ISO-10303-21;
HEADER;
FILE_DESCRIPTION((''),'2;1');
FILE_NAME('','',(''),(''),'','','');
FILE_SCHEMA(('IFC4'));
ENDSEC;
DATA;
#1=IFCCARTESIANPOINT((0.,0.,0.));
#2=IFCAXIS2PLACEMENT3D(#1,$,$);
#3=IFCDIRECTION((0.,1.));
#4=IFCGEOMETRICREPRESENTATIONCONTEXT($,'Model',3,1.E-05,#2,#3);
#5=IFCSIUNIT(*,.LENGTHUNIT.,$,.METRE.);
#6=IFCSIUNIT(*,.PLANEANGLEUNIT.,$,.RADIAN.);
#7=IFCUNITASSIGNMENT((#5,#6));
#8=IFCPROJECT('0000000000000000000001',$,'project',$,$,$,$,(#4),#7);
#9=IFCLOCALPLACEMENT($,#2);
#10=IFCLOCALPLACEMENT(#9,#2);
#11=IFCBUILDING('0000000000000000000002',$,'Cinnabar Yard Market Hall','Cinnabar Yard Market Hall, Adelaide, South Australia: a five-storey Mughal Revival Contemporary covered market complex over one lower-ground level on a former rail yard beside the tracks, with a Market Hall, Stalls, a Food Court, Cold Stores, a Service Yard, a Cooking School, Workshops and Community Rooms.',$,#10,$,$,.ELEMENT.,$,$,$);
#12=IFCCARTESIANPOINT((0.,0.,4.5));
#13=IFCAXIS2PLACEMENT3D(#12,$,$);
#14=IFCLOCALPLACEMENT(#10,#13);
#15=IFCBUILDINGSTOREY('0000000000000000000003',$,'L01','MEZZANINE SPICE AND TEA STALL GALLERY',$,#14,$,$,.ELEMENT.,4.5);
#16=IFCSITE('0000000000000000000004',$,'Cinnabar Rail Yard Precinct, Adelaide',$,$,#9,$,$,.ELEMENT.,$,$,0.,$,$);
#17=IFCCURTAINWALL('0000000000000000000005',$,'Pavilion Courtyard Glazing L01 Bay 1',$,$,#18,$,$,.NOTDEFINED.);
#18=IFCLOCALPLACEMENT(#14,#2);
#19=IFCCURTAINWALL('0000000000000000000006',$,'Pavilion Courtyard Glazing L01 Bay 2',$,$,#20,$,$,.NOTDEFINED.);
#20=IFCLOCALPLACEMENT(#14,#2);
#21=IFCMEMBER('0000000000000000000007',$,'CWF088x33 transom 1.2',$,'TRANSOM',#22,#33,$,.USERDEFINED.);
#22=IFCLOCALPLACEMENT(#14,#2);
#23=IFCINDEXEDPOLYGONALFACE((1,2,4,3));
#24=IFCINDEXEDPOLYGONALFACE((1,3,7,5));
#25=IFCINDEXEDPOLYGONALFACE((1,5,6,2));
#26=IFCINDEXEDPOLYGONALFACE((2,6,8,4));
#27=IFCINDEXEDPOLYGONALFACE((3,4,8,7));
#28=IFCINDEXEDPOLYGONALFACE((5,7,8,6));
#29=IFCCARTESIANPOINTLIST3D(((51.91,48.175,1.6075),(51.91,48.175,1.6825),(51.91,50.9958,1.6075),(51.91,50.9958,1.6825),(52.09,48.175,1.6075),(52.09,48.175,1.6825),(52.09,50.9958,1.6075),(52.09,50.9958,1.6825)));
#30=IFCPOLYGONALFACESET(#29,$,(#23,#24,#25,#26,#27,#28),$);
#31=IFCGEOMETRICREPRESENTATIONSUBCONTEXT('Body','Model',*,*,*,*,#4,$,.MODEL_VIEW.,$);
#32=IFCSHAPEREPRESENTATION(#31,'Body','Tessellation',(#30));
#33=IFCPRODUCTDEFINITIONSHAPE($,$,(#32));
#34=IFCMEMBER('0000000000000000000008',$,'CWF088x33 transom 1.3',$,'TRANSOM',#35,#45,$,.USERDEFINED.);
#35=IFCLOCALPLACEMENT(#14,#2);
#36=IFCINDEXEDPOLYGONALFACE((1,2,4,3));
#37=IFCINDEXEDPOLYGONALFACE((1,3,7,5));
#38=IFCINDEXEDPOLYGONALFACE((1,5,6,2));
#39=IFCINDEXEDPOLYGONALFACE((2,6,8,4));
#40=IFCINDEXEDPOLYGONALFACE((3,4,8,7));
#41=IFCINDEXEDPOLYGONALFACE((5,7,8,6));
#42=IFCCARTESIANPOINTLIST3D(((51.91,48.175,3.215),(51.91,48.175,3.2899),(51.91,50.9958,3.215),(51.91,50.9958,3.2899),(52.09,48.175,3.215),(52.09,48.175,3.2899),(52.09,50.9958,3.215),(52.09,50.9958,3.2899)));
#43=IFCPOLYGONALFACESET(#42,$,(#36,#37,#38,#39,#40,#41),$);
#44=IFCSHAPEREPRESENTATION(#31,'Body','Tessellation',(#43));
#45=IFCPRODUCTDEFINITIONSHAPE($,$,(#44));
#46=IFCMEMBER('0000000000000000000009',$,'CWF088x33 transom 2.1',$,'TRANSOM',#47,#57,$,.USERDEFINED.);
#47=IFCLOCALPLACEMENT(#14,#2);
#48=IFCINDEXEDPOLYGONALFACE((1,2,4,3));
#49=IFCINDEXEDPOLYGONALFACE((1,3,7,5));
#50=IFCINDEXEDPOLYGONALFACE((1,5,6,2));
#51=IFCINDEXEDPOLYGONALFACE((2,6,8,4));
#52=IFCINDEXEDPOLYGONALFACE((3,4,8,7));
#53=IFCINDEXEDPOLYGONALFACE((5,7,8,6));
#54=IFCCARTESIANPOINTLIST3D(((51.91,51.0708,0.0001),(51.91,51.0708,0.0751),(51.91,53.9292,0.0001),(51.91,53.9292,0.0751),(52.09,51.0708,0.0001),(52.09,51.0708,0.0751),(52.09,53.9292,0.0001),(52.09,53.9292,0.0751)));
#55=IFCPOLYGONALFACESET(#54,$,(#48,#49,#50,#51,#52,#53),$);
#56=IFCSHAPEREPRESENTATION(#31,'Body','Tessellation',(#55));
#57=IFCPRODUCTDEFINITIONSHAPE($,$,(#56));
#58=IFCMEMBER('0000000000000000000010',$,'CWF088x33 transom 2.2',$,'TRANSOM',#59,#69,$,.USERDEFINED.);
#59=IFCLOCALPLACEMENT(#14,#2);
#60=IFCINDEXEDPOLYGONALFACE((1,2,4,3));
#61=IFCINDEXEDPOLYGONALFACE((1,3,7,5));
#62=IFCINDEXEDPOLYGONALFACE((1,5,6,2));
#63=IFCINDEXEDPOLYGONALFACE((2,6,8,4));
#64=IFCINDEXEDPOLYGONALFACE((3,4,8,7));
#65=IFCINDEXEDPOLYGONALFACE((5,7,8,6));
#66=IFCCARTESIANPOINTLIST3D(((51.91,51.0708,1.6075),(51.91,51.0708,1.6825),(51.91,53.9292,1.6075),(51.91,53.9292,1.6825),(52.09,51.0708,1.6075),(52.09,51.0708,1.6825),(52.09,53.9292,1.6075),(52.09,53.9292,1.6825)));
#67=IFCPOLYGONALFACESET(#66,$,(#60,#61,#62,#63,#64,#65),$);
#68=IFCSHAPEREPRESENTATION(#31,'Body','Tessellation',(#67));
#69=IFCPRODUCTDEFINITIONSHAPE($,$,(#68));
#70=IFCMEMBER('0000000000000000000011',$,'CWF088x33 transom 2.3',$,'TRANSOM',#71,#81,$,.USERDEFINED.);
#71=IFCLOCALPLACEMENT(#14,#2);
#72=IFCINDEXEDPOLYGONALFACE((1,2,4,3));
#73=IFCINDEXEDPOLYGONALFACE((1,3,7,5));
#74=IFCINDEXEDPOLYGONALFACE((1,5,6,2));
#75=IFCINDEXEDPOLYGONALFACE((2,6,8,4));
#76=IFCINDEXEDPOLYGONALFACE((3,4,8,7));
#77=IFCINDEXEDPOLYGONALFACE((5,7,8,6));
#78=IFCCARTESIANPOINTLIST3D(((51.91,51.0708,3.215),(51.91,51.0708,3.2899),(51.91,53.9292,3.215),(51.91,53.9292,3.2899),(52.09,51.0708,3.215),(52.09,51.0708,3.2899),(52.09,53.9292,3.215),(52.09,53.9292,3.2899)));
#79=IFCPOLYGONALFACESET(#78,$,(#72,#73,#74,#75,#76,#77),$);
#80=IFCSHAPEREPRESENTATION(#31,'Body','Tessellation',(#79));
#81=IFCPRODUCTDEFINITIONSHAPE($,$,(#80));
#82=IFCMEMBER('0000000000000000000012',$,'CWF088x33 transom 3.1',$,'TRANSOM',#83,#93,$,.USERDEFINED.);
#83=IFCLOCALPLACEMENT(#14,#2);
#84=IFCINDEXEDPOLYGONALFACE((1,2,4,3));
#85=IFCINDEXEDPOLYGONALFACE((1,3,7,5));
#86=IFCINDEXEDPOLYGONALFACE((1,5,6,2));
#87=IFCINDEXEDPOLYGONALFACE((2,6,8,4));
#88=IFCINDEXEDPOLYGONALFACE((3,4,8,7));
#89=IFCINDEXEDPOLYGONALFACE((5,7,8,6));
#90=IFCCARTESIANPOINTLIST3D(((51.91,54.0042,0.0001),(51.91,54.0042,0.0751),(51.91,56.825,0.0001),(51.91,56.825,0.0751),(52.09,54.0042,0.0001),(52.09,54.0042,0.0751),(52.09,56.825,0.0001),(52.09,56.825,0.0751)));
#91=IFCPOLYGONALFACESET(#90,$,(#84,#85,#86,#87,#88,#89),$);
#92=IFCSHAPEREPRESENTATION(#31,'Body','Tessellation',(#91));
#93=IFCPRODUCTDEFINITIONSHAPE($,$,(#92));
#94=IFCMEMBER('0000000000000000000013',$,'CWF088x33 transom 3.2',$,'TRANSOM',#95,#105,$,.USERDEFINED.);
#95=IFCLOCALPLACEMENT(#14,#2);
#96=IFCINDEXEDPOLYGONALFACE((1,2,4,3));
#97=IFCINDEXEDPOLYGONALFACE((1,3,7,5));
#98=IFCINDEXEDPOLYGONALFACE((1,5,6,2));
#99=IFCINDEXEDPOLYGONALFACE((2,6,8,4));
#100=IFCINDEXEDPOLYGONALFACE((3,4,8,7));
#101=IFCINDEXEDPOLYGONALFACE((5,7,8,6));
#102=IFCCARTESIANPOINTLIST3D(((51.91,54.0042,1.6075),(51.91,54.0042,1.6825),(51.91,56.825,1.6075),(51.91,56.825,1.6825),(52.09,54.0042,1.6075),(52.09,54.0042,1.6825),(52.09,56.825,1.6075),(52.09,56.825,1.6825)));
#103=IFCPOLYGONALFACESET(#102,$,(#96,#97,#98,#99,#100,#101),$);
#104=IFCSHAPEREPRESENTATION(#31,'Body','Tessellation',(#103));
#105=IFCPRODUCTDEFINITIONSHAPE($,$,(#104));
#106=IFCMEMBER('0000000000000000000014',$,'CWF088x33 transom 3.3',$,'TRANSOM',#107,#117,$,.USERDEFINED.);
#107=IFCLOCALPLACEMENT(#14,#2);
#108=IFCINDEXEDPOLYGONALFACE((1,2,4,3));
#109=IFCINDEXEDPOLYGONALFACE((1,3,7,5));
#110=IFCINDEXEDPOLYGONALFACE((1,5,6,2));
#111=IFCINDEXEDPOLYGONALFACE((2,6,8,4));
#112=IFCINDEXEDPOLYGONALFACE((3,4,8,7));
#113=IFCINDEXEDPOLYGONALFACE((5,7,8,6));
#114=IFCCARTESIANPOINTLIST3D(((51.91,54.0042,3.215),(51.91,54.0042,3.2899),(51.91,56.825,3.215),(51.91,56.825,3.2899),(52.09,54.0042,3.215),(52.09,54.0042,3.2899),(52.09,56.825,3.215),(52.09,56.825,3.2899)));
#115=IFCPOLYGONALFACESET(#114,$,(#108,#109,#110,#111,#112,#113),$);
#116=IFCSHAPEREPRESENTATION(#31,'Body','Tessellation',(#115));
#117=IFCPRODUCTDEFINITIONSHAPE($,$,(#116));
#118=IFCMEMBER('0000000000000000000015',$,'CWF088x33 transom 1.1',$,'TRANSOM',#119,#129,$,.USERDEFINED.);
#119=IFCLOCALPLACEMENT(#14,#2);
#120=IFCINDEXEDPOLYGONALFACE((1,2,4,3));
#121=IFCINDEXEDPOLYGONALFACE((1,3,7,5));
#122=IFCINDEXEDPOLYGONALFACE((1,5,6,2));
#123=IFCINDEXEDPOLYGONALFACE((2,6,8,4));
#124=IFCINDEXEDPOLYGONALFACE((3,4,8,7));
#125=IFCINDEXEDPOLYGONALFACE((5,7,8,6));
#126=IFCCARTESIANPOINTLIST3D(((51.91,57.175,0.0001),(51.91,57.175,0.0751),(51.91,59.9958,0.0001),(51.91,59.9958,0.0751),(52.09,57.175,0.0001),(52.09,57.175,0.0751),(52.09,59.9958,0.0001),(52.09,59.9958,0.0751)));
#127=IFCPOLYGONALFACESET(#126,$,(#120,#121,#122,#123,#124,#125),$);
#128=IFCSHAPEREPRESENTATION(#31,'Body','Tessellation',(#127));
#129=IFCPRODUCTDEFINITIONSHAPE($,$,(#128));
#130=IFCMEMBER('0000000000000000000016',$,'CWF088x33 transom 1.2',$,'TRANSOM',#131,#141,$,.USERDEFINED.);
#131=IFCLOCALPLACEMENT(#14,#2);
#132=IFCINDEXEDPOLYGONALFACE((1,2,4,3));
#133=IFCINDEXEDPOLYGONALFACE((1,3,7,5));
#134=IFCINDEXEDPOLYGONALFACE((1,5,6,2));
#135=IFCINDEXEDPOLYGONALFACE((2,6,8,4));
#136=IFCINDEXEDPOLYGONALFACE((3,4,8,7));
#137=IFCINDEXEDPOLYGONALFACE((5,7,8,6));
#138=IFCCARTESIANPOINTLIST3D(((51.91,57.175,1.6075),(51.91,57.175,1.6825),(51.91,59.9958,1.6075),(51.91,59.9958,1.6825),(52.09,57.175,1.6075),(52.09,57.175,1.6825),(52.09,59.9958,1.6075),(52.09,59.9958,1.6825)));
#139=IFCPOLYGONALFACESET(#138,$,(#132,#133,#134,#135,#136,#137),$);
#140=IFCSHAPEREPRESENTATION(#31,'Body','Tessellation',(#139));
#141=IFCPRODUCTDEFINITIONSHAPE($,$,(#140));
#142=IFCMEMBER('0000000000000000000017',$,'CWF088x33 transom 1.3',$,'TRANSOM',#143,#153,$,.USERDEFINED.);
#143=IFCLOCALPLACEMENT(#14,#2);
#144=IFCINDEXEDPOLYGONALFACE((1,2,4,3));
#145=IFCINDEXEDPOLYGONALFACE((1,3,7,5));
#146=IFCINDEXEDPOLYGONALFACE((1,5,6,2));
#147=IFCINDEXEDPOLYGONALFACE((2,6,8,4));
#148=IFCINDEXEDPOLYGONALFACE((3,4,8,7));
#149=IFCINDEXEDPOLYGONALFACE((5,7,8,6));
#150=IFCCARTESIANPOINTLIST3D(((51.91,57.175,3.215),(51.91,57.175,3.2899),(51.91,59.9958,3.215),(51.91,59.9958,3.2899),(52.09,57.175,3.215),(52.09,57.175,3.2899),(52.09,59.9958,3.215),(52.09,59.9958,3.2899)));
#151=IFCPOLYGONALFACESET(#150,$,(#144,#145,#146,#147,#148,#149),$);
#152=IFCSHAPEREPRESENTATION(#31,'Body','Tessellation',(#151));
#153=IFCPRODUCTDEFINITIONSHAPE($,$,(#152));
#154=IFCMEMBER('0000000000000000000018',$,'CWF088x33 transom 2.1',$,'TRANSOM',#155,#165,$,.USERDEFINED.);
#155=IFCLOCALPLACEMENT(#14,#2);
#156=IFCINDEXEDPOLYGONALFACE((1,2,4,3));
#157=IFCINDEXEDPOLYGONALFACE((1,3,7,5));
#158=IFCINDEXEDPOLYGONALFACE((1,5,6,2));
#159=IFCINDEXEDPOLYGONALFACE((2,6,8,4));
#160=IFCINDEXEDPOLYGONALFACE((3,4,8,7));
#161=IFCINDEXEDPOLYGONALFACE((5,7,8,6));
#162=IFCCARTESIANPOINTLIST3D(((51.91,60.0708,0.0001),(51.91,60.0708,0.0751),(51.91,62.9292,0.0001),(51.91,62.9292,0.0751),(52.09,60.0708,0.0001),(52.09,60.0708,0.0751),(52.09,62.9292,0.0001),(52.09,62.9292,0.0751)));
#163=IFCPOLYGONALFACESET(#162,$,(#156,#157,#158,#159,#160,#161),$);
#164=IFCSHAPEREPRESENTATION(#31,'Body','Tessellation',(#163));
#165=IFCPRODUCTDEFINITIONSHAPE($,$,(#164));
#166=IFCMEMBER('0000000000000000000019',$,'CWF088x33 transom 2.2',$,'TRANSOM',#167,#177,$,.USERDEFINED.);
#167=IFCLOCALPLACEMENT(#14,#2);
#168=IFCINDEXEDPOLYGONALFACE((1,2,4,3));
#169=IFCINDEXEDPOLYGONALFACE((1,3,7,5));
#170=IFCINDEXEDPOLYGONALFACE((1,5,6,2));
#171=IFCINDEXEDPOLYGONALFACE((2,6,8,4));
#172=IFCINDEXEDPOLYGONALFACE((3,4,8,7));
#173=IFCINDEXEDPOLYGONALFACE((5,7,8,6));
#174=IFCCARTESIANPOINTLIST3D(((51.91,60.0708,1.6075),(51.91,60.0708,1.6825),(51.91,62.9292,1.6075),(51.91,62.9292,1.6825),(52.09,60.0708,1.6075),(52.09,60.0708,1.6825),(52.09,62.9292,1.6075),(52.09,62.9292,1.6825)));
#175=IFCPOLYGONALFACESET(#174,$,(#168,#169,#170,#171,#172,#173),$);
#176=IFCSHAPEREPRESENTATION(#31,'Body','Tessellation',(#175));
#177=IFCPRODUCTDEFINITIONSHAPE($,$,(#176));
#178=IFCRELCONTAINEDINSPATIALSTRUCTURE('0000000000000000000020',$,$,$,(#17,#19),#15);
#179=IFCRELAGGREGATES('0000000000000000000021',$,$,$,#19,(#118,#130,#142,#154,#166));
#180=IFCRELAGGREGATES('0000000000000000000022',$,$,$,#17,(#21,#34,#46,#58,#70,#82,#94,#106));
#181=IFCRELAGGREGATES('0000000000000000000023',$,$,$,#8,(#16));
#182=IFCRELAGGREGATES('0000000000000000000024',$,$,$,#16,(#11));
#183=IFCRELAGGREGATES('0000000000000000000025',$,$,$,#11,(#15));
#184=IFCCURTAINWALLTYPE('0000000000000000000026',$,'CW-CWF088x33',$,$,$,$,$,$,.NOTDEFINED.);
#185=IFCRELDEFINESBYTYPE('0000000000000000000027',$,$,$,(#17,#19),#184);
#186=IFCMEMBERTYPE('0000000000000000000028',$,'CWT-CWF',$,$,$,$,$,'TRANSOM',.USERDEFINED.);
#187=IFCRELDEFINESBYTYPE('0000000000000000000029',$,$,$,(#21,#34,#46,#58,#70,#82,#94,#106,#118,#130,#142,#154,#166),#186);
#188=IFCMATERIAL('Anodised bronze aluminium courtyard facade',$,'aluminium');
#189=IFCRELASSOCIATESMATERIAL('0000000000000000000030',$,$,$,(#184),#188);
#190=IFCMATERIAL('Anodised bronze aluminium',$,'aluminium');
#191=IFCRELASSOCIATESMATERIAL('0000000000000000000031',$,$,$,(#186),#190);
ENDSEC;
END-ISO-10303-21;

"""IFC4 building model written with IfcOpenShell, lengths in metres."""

from ifc_helpers import new_model, si_unit, direction, frame, origin, origin_2d_with_axis, place, context, subcontext, project, spatial, rectangle, extrude, material, material_profile, profile_set, type_object, element, aggregate, save


model = new_model("IFC4")

# Units and contexts
model_context = context("Model", 3, precision=1e-05, world=origin(), true_north=direction((0.0, 1.0)))
body_context = subcontext(model_context, "Body", "Model", "MODEL_VIEW")
ifc_project = project(units=[si_unit("LENGTHUNIT", "METRE"), si_unit("PLANEANGLEUNIT", "RADIAN")], contexts=[model_context])

# Site, building, storey
site_placement = place(None, origin())
site = spatial("IfcSite", under=ifc_project, at=site_placement, Name="Cinnabar Rail Yard Precinct, Adelaide", CompositionType="ELEMENT", RefElevation=0.0)
building_placement = place(site_placement, origin())
building = spatial("IfcBuilding", under=site, at=building_placement, Name="Cinnabar Yard Market Hall", Description="Cinnabar Yard Market Hall, Adelaide, South Australia: a five-storey Mughal Revival Contemporary covered market complex over one lower-ground level on a former rail yard beside the tracks, with a Market Hall, Stalls, a Food Court, Cold Stores, a Service Yard, a Cooking School, Workshops and Community Rooms.", CompositionType="ELEMENT")
storey_placement = place(building_placement, frame((0.0, 0.0, 4.5)))
storey = spatial("IfcBuildingStorey", under=building, at=storey_placement, Name="L01", Description="MEZZANINE SPICE AND TEA STALL GALLERY", CompositionType="ELEMENT", Elevation=4.5)

# Curtain walls
ifc_material_1 = material(Name="Anodised bronze aluminium courtyard facade", Category="aluminium")
curtain_wall_type = type_object("IfcCurtainWallType", Name="CW-CWF088x33", PredefinedType="NOTDEFINED", material=ifc_material_1)
curtain_wall_1_placement = place(storey_placement, origin())
curtain_wall_1 = element("IfcCurtainWall", 1, at=curtain_wall_1_placement, inside=storey, type_object=curtain_wall_type, Name="Pavilion Courtyard Glazing L01 Bay 1", PredefinedType="NOTDEFINED")
ifc_material_2 = material(Name="Anodised bronze aluminium", Category="aluminium")
curtain_wall_2_placement = place(storey_placement, origin())
curtain_wall_2 = element("IfcCurtainWall", 2, at=curtain_wall_2_placement, inside=storey, type_object=curtain_wall_type, Name="Pavilion Courtyard Glazing L01 Bay 2", PredefinedType="NOTDEFINED")

# Members
ifc_material_profile_1 = material_profile(ifc_material_2, rectangle(XDim=0.1799, YDim=0.075, at=origin_2d_with_axis()), Name="TRN-CWF")
ifc_profile_set_1 = profile_set([ifc_material_profile_1], Name="Anodised bronze aluminium")
member_type_1 = type_object("IfcMemberType", Name="CWT-CWF", ElementType="TRANSOM", PredefinedType="USERDEFINED", material=ifc_profile_set_1)
member_1_placement = place(storey_placement, frame((52.0, 48.175, 1.645), z_axis=(0.0, 1.0, 0.0), x_axis=(-1.0, 0.0, 0.0)))
member_1 = element("IfcMember", 3, at=member_1_placement, type_object=member_type_1, Name="CWF088x33 transom 1.2", ObjectType="TRANSOM", PredefinedType="USERDEFINED", context=body_context, shape_type="SweptSolid", body=[
    extrude(rectangle(XDim=0.1799, YDim=0.075, at=origin_2d_with_axis()), origin(), (0.0, 0.0, 1.0), 2.8208),
])
member_2_placement = place(storey_placement, frame((52.0, 48.175, 3.2524), z_axis=(0.0, 1.0, 0.0), x_axis=(-1.0, 0.0, 0.0)))
member_2 = element("IfcMember", 4, at=member_2_placement, type_object=member_type_1, Name="CWF088x33 transom 1.3", ObjectType="TRANSOM", PredefinedType="USERDEFINED", context=body_context, shape_type="SweptSolid", body=[
    extrude(rectangle(XDim=0.1799, YDim=0.075, at=origin_2d_with_axis()), origin(), (0.0, 0.0, 1.0), 2.8208),
])
member_3_placement = place(storey_placement, frame((52.0, 51.0708, 0.0376), z_axis=(0.0, 1.0, 0.0), x_axis=(-1.0, 0.0, 0.0)))
member_3 = element("IfcMember", 5, at=member_3_placement, type_object=member_type_1, Name="CWF088x33 transom 2.1", ObjectType="TRANSOM", PredefinedType="USERDEFINED", context=body_context, shape_type="SweptSolid", body=[
    extrude(rectangle(XDim=0.1799, YDim=0.075, at=origin_2d_with_axis()), origin(), (0.0, 0.0, 1.0), 2.8584),
])
member_4_placement = place(storey_placement, frame((52.0, 51.0708, 1.645), z_axis=(0.0, 1.0, 0.0), x_axis=(-1.0, 0.0, 0.0)))
member_4 = element("IfcMember", 6, at=member_4_placement, type_object=member_type_1, Name="CWF088x33 transom 2.2", ObjectType="TRANSOM", PredefinedType="USERDEFINED", context=body_context, shape_type="SweptSolid", body=[
    extrude(rectangle(XDim=0.1799, YDim=0.075, at=origin_2d_with_axis()), origin(), (0.0, 0.0, 1.0), 2.8584),
])
member_5_placement = place(storey_placement, frame((52.0, 51.0708, 3.2524), z_axis=(0.0, 1.0, 0.0), x_axis=(-1.0, 0.0, 0.0)))
member_5 = element("IfcMember", 7, at=member_5_placement, type_object=member_type_1, Name="CWF088x33 transom 2.3", ObjectType="TRANSOM", PredefinedType="USERDEFINED", context=body_context, shape_type="SweptSolid", body=[
    extrude(rectangle(XDim=0.1799, YDim=0.075, at=origin_2d_with_axis()), origin(), (0.0, 0.0, 1.0), 2.8584),
])
member_6_placement = place(storey_placement, frame((52.0, 54.0042, 0.0376), z_axis=(0.0, 1.0, 0.0), x_axis=(-1.0, 0.0, 0.0)))
member_6 = element("IfcMember", 8, at=member_6_placement, type_object=member_type_1, Name="CWF088x33 transom 3.1", ObjectType="TRANSOM", PredefinedType="USERDEFINED", context=body_context, shape_type="SweptSolid", body=[
    extrude(rectangle(XDim=0.1799, YDim=0.075, at=origin_2d_with_axis()), origin(), (0.0, 0.0, 1.0), 2.8208),
])
member_7_placement = place(storey_placement, frame((52.0, 54.0042, 1.645), z_axis=(0.0, 1.0, 0.0), x_axis=(-1.0, 0.0, 0.0)))
member_7 = element("IfcMember", 9, at=member_7_placement, type_object=member_type_1, Name="CWF088x33 transom 3.2", ObjectType="TRANSOM", PredefinedType="USERDEFINED", context=body_context, shape_type="SweptSolid", body=[
    extrude(rectangle(XDim=0.1799, YDim=0.075, at=origin_2d_with_axis()), origin(), (0.0, 0.0, 1.0), 2.8208),
])
member_8_placement = place(storey_placement, frame((52.0, 54.0042, 3.2524), z_axis=(0.0, 1.0, 0.0), x_axis=(-1.0, 0.0, 0.0)))
member_8 = element("IfcMember", 10, at=member_8_placement, type_object=member_type_1, Name="CWF088x33 transom 3.3", ObjectType="TRANSOM", PredefinedType="USERDEFINED", context=body_context, shape_type="SweptSolid", body=[
    extrude(rectangle(XDim=0.1799, YDim=0.075, at=origin_2d_with_axis()), origin(), (0.0, 0.0, 1.0), 2.8208),
])
member_9_placement = place(storey_placement, frame((52.0, 57.175, 0.0376), z_axis=(0.0, 1.0, 0.0), x_axis=(-1.0, 0.0, 0.0)))
member_9 = element("IfcMember", 11, at=member_9_placement, type_object=member_type_1, Name="CWF088x33 transom 1.1", ObjectType="TRANSOM", PredefinedType="USERDEFINED", context=body_context, shape_type="SweptSolid", body=[
    extrude(rectangle(XDim=0.1799, YDim=0.075, at=origin_2d_with_axis()), origin(), (0.0, 0.0, 1.0), 2.8208),
])
member_10_placement = place(storey_placement, frame((52.0, 57.175, 1.645), z_axis=(0.0, 1.0, 0.0), x_axis=(-1.0, 0.0, 0.0)))
member_10 = element("IfcMember", 12, at=member_10_placement, type_object=member_type_1, Name="CWF088x33 transom 1.2", ObjectType="TRANSOM", PredefinedType="USERDEFINED", context=body_context, shape_type="SweptSolid", body=[
    extrude(rectangle(XDim=0.1799, YDim=0.075, at=origin_2d_with_axis()), origin(), (0.0, 0.0, 1.0), 2.8208),
])
member_11_placement = place(storey_placement, frame((52.0, 57.175, 3.2524), z_axis=(0.0, 1.0, 0.0), x_axis=(-1.0, 0.0, 0.0)))
member_11 = element("IfcMember", 13, at=member_11_placement, type_object=member_type_1, Name="CWF088x33 transom 1.3", ObjectType="TRANSOM", PredefinedType="USERDEFINED", context=body_context, shape_type="SweptSolid", body=[
    extrude(rectangle(XDim=0.1799, YDim=0.075, at=origin_2d_with_axis()), origin(), (0.0, 0.0, 1.0), 2.8208),
])
member_12_placement = place(storey_placement, frame((52.0, 60.0708, 0.0376), z_axis=(0.0, 1.0, 0.0), x_axis=(-1.0, 0.0, 0.0)))
member_12 = element("IfcMember", 14, at=member_12_placement, type_object=member_type_1, Name="CWF088x33 transom 2.1", ObjectType="TRANSOM", PredefinedType="USERDEFINED", context=body_context, shape_type="SweptSolid", body=[
    extrude(rectangle(XDim=0.1799, YDim=0.075, at=origin_2d_with_axis()), origin(), (0.0, 0.0, 1.0), 2.8584),
])
member_13_placement = place(storey_placement, frame((52.0, 60.0708, 1.645), z_axis=(0.0, 1.0, 0.0), x_axis=(-1.0, 0.0, 0.0)))
member_13 = element("IfcMember", 15, at=member_13_placement, type_object=member_type_1, Name="CWF088x33 transom 2.2", ObjectType="TRANSOM", PredefinedType="USERDEFINED", context=body_context, shape_type="SweptSolid", body=[
    extrude(rectangle(XDim=0.1799, YDim=0.075, at=origin_2d_with_axis()), origin(), (0.0, 0.0, 1.0), 2.8584),
])

aggregate(curtain_wall_2, [member_9, member_10, member_11, member_12, member_13])
aggregate(curtain_wall_1, [member_1, member_2, member_3, member_4, member_5, member_6, member_7, member_8])

save(model, "model.ifc")
